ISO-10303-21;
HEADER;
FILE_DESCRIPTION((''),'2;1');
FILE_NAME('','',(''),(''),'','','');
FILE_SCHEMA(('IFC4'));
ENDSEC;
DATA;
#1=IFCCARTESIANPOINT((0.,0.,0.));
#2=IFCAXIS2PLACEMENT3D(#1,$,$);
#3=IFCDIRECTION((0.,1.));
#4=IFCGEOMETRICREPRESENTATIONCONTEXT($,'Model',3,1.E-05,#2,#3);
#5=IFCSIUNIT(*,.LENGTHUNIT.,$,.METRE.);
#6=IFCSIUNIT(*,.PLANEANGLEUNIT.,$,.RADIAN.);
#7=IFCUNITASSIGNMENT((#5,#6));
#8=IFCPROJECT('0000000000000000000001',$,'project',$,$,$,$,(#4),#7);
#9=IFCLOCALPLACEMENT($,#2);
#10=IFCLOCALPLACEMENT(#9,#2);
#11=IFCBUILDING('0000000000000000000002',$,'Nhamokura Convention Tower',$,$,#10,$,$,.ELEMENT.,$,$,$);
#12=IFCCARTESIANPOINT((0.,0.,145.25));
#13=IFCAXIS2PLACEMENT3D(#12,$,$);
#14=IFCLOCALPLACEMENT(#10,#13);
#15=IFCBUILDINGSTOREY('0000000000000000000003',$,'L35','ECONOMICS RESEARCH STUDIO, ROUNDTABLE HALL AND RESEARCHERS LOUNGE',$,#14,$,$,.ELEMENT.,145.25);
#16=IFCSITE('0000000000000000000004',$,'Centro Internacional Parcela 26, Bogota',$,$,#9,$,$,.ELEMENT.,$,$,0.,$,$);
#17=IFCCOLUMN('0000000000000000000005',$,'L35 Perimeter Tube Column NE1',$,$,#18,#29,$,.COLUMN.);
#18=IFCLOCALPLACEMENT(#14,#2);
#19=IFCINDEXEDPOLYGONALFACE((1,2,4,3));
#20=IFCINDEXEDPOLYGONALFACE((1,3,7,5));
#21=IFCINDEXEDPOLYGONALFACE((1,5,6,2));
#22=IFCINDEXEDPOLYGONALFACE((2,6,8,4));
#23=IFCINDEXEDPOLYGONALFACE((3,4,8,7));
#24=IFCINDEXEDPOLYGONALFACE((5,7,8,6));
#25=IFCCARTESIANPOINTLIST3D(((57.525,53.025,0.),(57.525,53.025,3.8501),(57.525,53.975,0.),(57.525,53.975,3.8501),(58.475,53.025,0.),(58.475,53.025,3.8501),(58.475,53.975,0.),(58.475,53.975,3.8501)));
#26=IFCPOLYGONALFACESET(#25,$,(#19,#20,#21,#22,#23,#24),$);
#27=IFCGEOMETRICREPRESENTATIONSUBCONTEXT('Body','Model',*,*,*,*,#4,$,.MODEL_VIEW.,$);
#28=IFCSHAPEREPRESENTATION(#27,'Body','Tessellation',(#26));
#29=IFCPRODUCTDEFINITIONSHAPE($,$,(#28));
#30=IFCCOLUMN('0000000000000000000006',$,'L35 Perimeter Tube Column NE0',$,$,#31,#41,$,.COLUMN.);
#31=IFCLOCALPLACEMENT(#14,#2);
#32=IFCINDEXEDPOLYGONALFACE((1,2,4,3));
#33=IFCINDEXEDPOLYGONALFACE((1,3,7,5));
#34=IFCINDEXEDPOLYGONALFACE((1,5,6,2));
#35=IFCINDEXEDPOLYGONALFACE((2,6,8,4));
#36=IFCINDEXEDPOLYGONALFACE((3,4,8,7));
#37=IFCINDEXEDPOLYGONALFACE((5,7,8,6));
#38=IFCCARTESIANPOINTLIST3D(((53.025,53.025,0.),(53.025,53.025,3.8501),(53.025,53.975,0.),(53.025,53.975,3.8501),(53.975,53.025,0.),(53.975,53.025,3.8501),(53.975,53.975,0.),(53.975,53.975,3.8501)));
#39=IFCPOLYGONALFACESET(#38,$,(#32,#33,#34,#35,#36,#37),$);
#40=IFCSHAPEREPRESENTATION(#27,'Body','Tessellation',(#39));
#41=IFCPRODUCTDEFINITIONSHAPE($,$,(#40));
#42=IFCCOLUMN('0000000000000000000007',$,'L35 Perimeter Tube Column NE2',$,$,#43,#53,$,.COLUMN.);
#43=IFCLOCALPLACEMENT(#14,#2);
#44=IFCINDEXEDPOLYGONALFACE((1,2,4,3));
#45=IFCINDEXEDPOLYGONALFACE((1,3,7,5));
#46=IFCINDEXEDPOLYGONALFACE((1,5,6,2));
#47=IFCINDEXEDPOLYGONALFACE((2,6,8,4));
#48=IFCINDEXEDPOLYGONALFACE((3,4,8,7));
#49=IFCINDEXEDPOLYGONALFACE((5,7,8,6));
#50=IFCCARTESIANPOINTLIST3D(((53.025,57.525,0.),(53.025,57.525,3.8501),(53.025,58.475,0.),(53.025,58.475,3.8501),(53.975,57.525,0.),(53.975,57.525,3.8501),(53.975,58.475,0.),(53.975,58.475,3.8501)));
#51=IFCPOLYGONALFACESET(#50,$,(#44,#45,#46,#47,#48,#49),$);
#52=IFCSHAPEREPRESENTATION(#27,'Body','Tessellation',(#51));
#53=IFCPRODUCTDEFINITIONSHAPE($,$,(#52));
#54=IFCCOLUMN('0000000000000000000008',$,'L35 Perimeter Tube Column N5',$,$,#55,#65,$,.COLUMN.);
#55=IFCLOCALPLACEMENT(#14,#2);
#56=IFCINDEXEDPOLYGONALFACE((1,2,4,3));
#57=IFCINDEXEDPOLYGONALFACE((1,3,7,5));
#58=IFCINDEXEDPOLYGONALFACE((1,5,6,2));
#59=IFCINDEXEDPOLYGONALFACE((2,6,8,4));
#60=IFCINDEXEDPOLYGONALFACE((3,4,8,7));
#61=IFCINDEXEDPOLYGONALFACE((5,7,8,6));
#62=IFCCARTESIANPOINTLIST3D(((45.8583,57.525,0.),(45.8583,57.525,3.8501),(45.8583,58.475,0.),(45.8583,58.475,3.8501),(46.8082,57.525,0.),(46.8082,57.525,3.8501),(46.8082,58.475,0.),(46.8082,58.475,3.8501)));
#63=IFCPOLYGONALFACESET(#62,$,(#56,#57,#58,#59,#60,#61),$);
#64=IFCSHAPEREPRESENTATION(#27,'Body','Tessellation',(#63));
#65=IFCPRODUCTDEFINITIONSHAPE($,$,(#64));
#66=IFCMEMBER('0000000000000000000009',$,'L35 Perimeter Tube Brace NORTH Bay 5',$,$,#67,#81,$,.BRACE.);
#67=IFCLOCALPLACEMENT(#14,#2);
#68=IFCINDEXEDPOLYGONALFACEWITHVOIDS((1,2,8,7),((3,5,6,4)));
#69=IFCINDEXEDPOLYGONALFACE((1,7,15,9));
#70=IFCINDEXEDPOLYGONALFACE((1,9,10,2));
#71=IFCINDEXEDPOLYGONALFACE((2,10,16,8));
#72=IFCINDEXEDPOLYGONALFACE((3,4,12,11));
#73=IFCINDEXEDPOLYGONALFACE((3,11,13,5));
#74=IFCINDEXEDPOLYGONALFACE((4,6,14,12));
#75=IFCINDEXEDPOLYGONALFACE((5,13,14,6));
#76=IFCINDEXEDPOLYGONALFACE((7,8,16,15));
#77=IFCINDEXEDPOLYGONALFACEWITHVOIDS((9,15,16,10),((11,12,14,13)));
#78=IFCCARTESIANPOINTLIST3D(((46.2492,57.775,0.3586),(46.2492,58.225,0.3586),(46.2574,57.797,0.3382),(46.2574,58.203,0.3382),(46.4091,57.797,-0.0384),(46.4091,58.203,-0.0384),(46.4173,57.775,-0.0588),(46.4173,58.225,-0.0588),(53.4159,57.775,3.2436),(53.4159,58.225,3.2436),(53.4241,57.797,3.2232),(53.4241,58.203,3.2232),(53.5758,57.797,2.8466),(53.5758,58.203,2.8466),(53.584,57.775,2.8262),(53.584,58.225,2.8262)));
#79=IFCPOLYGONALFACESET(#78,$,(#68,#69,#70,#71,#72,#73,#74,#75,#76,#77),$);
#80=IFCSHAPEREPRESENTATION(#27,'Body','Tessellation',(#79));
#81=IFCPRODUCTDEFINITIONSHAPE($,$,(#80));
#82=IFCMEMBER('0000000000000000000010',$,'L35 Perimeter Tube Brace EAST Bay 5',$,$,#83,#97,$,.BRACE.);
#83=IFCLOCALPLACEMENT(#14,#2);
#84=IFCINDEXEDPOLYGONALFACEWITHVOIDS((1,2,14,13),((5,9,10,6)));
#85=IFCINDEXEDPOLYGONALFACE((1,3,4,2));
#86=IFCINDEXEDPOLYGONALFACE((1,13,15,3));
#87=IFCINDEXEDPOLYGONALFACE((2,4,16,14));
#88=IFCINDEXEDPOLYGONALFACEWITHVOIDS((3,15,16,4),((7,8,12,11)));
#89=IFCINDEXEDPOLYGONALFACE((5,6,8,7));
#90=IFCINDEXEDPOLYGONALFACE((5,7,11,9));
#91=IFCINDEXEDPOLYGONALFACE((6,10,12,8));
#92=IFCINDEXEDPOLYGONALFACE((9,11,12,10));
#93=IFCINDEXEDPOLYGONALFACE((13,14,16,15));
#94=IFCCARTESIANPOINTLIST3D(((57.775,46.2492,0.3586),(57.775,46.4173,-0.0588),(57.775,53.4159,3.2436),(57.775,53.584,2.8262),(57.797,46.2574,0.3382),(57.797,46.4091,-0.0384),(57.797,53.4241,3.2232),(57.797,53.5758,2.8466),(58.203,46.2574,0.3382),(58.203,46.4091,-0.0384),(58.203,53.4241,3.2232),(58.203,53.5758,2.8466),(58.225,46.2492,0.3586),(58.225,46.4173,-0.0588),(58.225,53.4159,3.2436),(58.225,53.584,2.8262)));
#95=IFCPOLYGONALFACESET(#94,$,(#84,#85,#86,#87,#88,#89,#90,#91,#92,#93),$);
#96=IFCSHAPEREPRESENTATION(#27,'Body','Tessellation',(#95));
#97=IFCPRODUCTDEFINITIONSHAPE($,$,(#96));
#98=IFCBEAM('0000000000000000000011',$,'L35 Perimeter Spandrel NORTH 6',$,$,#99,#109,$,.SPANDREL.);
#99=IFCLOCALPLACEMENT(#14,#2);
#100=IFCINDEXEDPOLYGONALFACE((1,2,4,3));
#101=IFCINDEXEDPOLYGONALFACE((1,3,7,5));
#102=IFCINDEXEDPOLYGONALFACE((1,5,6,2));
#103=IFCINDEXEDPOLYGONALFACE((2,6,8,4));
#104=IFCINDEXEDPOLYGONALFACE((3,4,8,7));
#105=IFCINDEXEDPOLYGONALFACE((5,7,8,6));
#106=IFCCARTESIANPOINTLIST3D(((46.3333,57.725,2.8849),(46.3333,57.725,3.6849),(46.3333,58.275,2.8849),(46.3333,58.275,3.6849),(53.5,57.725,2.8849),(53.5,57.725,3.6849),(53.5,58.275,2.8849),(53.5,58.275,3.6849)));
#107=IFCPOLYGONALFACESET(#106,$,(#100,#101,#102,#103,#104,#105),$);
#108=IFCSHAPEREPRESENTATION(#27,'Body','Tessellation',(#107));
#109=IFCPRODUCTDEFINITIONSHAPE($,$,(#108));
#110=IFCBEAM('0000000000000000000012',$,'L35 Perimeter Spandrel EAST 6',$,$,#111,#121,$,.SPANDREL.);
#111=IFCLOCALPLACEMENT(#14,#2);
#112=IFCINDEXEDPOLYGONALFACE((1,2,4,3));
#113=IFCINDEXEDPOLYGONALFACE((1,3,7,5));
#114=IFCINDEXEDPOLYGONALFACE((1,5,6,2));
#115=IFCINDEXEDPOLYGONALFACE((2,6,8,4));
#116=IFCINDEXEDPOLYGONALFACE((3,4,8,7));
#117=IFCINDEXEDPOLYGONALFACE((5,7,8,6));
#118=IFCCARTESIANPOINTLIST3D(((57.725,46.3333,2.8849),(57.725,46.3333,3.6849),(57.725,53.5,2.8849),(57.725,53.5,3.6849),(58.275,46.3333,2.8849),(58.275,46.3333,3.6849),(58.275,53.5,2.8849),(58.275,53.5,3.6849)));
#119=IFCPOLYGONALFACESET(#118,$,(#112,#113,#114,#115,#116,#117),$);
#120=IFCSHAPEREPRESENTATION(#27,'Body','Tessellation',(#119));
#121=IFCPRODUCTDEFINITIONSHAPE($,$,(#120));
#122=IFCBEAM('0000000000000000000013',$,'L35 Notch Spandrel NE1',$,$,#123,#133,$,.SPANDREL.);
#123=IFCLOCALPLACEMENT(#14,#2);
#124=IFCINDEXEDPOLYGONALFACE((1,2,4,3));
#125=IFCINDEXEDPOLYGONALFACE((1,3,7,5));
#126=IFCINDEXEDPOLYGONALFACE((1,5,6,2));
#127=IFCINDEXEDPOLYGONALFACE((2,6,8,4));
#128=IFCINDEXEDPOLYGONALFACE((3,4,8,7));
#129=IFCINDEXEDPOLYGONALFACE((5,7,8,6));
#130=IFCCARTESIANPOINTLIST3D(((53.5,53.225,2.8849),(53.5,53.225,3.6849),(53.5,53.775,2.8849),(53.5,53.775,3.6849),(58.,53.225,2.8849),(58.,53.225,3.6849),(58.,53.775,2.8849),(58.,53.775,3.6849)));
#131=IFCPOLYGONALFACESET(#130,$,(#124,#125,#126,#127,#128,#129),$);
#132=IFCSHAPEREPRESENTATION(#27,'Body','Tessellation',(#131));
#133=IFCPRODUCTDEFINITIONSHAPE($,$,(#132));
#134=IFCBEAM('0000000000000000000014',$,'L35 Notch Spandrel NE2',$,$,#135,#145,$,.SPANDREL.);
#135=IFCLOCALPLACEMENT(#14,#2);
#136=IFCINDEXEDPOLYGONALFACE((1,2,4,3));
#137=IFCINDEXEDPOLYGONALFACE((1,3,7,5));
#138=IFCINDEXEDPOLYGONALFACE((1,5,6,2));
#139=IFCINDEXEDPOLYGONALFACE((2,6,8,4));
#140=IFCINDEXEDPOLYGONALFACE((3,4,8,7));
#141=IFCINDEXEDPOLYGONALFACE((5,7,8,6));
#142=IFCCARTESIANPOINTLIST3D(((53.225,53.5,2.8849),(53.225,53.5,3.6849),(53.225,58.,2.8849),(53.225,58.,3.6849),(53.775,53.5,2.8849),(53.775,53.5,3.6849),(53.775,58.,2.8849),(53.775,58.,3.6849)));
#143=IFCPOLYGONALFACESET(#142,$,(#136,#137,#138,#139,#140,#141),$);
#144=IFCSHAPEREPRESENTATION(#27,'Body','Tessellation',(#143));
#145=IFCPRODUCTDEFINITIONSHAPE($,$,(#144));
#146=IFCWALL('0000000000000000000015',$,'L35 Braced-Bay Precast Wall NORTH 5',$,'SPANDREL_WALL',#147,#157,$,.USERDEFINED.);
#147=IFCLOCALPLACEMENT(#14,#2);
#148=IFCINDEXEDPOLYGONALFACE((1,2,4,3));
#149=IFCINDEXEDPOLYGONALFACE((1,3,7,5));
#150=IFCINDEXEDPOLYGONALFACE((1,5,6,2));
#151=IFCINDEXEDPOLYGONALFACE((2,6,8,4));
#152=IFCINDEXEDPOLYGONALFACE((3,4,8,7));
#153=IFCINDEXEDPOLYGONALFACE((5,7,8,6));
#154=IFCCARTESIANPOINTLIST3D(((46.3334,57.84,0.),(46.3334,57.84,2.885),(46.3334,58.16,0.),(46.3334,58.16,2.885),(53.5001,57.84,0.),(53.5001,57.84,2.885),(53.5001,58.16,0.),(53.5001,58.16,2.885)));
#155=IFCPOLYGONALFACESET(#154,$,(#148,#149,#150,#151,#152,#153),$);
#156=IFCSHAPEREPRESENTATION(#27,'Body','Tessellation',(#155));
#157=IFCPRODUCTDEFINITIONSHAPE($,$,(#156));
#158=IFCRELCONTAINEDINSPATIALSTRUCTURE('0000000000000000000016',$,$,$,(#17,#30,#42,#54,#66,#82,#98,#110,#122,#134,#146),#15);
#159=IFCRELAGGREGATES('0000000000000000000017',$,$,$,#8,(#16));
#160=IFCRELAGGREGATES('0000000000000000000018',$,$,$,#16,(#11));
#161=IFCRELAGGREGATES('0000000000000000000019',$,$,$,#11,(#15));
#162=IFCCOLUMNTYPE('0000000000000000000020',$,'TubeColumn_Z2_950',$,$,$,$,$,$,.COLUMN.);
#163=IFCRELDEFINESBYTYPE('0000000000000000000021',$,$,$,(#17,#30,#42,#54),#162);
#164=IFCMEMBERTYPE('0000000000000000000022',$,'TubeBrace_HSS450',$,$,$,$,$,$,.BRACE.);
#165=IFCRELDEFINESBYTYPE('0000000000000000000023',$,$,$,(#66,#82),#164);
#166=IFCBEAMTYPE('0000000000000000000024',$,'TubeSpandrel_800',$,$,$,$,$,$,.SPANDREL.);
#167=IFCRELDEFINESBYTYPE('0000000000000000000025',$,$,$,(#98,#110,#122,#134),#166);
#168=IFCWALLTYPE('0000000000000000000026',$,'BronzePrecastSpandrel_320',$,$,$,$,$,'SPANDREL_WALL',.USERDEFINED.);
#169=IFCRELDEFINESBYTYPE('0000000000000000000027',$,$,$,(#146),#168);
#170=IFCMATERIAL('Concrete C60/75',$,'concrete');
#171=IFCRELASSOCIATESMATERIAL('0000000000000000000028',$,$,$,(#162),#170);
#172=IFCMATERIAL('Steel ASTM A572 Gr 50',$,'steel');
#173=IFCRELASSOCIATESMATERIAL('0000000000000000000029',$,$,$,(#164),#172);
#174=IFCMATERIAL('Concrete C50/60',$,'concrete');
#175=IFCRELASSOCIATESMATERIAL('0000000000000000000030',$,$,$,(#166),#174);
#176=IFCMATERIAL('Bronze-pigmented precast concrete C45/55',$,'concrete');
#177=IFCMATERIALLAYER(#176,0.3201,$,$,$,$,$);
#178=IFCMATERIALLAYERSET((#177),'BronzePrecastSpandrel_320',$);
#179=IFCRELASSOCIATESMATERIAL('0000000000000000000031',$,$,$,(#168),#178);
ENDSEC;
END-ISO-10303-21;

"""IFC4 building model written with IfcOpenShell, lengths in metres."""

from ifc_helpers import new_model, si_unit, direction, frame, frame_2d, origin, origin_2d, place, context, subcontext, project, spatial, rectangle, hollow_rectangle, extrude, material, layer, layer_set, material_profile, profile_set, type_object, element, save


model = new_model("IFC4")

# Units and contexts
model_context = context("Model", 3, precision=1e-05, world=origin(), true_north=direction((0.0, 1.0)))
body_context = subcontext(model_context, "Body", "Model", "MODEL_VIEW")
ifc_project = project(units=[si_unit("LENGTHUNIT", "METRE"), si_unit("PLANEANGLEUNIT", "RADIAN")], contexts=[model_context])

# Site, building, storey
site_placement = place(None, origin())
site = spatial("IfcSite", under=ifc_project, at=site_placement, Name="Centro Internacional Parcela 26, Bogota", CompositionType="ELEMENT", RefElevation=0.0)
building_placement = place(site_placement, origin())
building = spatial("IfcBuilding", under=site, at=building_placement, Name="Nhamokura Convention Tower", CompositionType="ELEMENT")
storey_placement = place(building_placement, frame((0.0, 0.0, 145.25)))
storey = spatial("IfcBuildingStorey", under=building, at=storey_placement, Name="L35", Description="ECONOMICS RESEARCH STUDIO, ROUNDTABLE HALL AND RESEARCHERS LOUNGE", CompositionType="ELEMENT", Elevation=145.25)

# Columns
ifc_material_1 = material(Name="Concrete C60/75", Category="concrete")
ifc_material_profile_1 = material_profile(ifc_material_1, rectangle(XDim=0.95, YDim=0.95, at=origin_2d()))
ifc_profile_set_1 = profile_set([ifc_material_profile_1], Name="Concrete C60/75")
column_type = type_object("IfcColumnType", Name="TubeColumn_Z2_950", PredefinedType="COLUMN", material=ifc_profile_set_1)
for number, where, z_axis, x_axis, name in (
    (1, (58.0, 53.5, 0.0), (0.0, 0.0, 1.0), (1.0, 0.0, 0.0), "L35 Perimeter Tube Column NE1"),
    (2, (53.5, 53.5, 0.0), (0.0, 0.0, 1.0), (1.0, 0.0, 0.0), "L35 Perimeter Tube Column NE0"),
    (3, (53.5, 58.0, 0.0), (0.0, 0.0, 1.0), (1.0, 0.0, 0.0), "L35 Perimeter Tube Column NE2"),
    (4, (46.3333, 58.0, 0.0), (0.0, 0.0, 1.0), (1.0, 0.0, 0.0), "L35 Perimeter Tube Column N5"),
):
    element("IfcColumn", number, at=place(storey_placement, frame(where, z_axis=z_axis, x_axis=x_axis)), inside=storey, type_object=column_type, Name=name, PredefinedType="COLUMN", context=body_context, shape_type="SweptSolid", body=[
        extrude(rectangle(XDim=0.95, YDim=0.95, at=origin_2d()), origin(), (0.0, 0.0, 1.0), 3.8501),
    ])

# Members
ifc_material_2 = material(Name="Steel ASTM A572 Gr 50", Category="steel")
ifc_material_profile_2 = material_profile(ifc_material_2, hollow_rectangle(XDim=0.45, YDim=0.45, WallThickness=0.022, at=origin_2d()))
ifc_profile_set_2 = profile_set([ifc_material_profile_2], Name="Steel ASTM A572 Gr 50")
member_type = type_object("IfcMemberType", Name="TubeBrace_HSS450", PredefinedType="BRACE", material=ifc_profile_set_2)
for number, where, z_axis, x_axis, name in (
    (5, (46.3333, 58.0, 0.1499), (0.927657, 0.0, 0.373433), (0.0, 1.0, 0.0), "L35 Perimeter Tube Brace NORTH Bay 5"),
    (6, (58.0, 46.3333, 0.1499), (0.0, 0.927657, 0.373433), (-1.0, 0.0, 0.0), "L35 Perimeter Tube Brace EAST Bay 5"),
):
    element("IfcMember", number, at=place(storey_placement, frame(where, z_axis=z_axis, x_axis=x_axis)), inside=storey, type_object=member_type, Name=name, PredefinedType="BRACE", context=body_context, shape_type="SweptSolid", body=[
        extrude(hollow_rectangle(XDim=0.45, YDim=0.45, WallThickness=0.022, at=origin_2d()), origin(), (0.0, 0.0, 1.0), 7.7256),
    ])

# Beams
ifc_material_3 = material(Name="Concrete C50/60", Category="concrete")
ifc_material_profile_3 = material_profile(ifc_material_3, rectangle(XDim=0.55, YDim=0.8, at=origin_2d()))
ifc_profile_set_3 = profile_set([ifc_material_profile_3], Name="Concrete C50/60")
beam_type = type_object("IfcBeamType", Name="TubeSpandrel_800", PredefinedType="SPANDREL", material=ifc_profile_set_3)
for number, where, z_axis, x_axis, name in (
    (7, (46.3333, 58.0, 3.2849), (1.0, 0.0, 0.0), (0.0, 1.0, 0.0), "L35 Perimeter Spandrel NORTH 6"),
    (8, (58.0, 46.3333, 3.2849), (0.0, 1.0, 0.0), (-1.0, 0.0, 0.0), "L35 Perimeter Spandrel EAST 6"),
):
    element("IfcBeam", number, at=place(storey_placement, frame(where, z_axis=z_axis, x_axis=x_axis)), inside=storey, type_object=beam_type, Name=name, PredefinedType="SPANDREL", context=body_context, shape_type="SweptSolid", body=[
        extrude(rectangle(XDim=0.55, YDim=0.8, at=origin_2d()), origin(), (0.0, 0.0, 1.0), 7.1667),
    ])
for number, where, z_axis, x_axis, name in (
    (9, (58.0, 53.5, 3.2849), (-1.0, 0.0, 0.0), (0.0, -1.0, 0.0), "L35 Notch Spandrel NE1"),
    (10, (53.5, 53.5, 3.2849), (0.0, 1.0, 0.0), (-1.0, 0.0, 0.0), "L35 Notch Spandrel NE2"),
):
    element("IfcBeam", number, at=place(storey_placement, frame(where, z_axis=z_axis, x_axis=x_axis)), inside=storey, type_object=beam_type, Name=name, PredefinedType="SPANDREL", context=body_context, shape_type="SweptSolid", body=[
        extrude(rectangle(XDim=0.55, YDim=0.8, at=origin_2d()), origin(), (0.0, 0.0, 1.0), 4.5),
    ])

# Wall
ifc_material_4 = material(Name="Bronze-pigmented precast concrete C45/55", Category="concrete")
ifc_layer = layer(ifc_material_4, 0.3201)
ifc_layer_set = layer_set([ifc_layer], Name="BronzePrecastSpandrel_320")
wall_type = type_object("IfcWallType", Name="BronzePrecastSpandrel_320", ElementType="SPANDREL_WALL", PredefinedType="USERDEFINED", material=ifc_layer_set)
wall_1_placement = place(storey_placement, frame((46.3333, 58.0, 0.0), z_axis=(0.0, 0.0, 1.0), x_axis=(1.0, 0.0, 0.0)))
element("IfcWall", 11, at=wall_1_placement, inside=storey, type_object=wall_type, Name="L35 Braced-Bay Precast Wall NORTH 5", ObjectType="SPANDREL_WALL", PredefinedType="USERDEFINED", context=body_context, shape_type="SweptSolid", body=[
    extrude(rectangle(XDim=7.1667, YDim=0.3201, at=frame_2d((3.5835, 0.0))), origin(), (0.0, 0.0, 1.0), 2.885),
])

save(model, "model.ifc")
